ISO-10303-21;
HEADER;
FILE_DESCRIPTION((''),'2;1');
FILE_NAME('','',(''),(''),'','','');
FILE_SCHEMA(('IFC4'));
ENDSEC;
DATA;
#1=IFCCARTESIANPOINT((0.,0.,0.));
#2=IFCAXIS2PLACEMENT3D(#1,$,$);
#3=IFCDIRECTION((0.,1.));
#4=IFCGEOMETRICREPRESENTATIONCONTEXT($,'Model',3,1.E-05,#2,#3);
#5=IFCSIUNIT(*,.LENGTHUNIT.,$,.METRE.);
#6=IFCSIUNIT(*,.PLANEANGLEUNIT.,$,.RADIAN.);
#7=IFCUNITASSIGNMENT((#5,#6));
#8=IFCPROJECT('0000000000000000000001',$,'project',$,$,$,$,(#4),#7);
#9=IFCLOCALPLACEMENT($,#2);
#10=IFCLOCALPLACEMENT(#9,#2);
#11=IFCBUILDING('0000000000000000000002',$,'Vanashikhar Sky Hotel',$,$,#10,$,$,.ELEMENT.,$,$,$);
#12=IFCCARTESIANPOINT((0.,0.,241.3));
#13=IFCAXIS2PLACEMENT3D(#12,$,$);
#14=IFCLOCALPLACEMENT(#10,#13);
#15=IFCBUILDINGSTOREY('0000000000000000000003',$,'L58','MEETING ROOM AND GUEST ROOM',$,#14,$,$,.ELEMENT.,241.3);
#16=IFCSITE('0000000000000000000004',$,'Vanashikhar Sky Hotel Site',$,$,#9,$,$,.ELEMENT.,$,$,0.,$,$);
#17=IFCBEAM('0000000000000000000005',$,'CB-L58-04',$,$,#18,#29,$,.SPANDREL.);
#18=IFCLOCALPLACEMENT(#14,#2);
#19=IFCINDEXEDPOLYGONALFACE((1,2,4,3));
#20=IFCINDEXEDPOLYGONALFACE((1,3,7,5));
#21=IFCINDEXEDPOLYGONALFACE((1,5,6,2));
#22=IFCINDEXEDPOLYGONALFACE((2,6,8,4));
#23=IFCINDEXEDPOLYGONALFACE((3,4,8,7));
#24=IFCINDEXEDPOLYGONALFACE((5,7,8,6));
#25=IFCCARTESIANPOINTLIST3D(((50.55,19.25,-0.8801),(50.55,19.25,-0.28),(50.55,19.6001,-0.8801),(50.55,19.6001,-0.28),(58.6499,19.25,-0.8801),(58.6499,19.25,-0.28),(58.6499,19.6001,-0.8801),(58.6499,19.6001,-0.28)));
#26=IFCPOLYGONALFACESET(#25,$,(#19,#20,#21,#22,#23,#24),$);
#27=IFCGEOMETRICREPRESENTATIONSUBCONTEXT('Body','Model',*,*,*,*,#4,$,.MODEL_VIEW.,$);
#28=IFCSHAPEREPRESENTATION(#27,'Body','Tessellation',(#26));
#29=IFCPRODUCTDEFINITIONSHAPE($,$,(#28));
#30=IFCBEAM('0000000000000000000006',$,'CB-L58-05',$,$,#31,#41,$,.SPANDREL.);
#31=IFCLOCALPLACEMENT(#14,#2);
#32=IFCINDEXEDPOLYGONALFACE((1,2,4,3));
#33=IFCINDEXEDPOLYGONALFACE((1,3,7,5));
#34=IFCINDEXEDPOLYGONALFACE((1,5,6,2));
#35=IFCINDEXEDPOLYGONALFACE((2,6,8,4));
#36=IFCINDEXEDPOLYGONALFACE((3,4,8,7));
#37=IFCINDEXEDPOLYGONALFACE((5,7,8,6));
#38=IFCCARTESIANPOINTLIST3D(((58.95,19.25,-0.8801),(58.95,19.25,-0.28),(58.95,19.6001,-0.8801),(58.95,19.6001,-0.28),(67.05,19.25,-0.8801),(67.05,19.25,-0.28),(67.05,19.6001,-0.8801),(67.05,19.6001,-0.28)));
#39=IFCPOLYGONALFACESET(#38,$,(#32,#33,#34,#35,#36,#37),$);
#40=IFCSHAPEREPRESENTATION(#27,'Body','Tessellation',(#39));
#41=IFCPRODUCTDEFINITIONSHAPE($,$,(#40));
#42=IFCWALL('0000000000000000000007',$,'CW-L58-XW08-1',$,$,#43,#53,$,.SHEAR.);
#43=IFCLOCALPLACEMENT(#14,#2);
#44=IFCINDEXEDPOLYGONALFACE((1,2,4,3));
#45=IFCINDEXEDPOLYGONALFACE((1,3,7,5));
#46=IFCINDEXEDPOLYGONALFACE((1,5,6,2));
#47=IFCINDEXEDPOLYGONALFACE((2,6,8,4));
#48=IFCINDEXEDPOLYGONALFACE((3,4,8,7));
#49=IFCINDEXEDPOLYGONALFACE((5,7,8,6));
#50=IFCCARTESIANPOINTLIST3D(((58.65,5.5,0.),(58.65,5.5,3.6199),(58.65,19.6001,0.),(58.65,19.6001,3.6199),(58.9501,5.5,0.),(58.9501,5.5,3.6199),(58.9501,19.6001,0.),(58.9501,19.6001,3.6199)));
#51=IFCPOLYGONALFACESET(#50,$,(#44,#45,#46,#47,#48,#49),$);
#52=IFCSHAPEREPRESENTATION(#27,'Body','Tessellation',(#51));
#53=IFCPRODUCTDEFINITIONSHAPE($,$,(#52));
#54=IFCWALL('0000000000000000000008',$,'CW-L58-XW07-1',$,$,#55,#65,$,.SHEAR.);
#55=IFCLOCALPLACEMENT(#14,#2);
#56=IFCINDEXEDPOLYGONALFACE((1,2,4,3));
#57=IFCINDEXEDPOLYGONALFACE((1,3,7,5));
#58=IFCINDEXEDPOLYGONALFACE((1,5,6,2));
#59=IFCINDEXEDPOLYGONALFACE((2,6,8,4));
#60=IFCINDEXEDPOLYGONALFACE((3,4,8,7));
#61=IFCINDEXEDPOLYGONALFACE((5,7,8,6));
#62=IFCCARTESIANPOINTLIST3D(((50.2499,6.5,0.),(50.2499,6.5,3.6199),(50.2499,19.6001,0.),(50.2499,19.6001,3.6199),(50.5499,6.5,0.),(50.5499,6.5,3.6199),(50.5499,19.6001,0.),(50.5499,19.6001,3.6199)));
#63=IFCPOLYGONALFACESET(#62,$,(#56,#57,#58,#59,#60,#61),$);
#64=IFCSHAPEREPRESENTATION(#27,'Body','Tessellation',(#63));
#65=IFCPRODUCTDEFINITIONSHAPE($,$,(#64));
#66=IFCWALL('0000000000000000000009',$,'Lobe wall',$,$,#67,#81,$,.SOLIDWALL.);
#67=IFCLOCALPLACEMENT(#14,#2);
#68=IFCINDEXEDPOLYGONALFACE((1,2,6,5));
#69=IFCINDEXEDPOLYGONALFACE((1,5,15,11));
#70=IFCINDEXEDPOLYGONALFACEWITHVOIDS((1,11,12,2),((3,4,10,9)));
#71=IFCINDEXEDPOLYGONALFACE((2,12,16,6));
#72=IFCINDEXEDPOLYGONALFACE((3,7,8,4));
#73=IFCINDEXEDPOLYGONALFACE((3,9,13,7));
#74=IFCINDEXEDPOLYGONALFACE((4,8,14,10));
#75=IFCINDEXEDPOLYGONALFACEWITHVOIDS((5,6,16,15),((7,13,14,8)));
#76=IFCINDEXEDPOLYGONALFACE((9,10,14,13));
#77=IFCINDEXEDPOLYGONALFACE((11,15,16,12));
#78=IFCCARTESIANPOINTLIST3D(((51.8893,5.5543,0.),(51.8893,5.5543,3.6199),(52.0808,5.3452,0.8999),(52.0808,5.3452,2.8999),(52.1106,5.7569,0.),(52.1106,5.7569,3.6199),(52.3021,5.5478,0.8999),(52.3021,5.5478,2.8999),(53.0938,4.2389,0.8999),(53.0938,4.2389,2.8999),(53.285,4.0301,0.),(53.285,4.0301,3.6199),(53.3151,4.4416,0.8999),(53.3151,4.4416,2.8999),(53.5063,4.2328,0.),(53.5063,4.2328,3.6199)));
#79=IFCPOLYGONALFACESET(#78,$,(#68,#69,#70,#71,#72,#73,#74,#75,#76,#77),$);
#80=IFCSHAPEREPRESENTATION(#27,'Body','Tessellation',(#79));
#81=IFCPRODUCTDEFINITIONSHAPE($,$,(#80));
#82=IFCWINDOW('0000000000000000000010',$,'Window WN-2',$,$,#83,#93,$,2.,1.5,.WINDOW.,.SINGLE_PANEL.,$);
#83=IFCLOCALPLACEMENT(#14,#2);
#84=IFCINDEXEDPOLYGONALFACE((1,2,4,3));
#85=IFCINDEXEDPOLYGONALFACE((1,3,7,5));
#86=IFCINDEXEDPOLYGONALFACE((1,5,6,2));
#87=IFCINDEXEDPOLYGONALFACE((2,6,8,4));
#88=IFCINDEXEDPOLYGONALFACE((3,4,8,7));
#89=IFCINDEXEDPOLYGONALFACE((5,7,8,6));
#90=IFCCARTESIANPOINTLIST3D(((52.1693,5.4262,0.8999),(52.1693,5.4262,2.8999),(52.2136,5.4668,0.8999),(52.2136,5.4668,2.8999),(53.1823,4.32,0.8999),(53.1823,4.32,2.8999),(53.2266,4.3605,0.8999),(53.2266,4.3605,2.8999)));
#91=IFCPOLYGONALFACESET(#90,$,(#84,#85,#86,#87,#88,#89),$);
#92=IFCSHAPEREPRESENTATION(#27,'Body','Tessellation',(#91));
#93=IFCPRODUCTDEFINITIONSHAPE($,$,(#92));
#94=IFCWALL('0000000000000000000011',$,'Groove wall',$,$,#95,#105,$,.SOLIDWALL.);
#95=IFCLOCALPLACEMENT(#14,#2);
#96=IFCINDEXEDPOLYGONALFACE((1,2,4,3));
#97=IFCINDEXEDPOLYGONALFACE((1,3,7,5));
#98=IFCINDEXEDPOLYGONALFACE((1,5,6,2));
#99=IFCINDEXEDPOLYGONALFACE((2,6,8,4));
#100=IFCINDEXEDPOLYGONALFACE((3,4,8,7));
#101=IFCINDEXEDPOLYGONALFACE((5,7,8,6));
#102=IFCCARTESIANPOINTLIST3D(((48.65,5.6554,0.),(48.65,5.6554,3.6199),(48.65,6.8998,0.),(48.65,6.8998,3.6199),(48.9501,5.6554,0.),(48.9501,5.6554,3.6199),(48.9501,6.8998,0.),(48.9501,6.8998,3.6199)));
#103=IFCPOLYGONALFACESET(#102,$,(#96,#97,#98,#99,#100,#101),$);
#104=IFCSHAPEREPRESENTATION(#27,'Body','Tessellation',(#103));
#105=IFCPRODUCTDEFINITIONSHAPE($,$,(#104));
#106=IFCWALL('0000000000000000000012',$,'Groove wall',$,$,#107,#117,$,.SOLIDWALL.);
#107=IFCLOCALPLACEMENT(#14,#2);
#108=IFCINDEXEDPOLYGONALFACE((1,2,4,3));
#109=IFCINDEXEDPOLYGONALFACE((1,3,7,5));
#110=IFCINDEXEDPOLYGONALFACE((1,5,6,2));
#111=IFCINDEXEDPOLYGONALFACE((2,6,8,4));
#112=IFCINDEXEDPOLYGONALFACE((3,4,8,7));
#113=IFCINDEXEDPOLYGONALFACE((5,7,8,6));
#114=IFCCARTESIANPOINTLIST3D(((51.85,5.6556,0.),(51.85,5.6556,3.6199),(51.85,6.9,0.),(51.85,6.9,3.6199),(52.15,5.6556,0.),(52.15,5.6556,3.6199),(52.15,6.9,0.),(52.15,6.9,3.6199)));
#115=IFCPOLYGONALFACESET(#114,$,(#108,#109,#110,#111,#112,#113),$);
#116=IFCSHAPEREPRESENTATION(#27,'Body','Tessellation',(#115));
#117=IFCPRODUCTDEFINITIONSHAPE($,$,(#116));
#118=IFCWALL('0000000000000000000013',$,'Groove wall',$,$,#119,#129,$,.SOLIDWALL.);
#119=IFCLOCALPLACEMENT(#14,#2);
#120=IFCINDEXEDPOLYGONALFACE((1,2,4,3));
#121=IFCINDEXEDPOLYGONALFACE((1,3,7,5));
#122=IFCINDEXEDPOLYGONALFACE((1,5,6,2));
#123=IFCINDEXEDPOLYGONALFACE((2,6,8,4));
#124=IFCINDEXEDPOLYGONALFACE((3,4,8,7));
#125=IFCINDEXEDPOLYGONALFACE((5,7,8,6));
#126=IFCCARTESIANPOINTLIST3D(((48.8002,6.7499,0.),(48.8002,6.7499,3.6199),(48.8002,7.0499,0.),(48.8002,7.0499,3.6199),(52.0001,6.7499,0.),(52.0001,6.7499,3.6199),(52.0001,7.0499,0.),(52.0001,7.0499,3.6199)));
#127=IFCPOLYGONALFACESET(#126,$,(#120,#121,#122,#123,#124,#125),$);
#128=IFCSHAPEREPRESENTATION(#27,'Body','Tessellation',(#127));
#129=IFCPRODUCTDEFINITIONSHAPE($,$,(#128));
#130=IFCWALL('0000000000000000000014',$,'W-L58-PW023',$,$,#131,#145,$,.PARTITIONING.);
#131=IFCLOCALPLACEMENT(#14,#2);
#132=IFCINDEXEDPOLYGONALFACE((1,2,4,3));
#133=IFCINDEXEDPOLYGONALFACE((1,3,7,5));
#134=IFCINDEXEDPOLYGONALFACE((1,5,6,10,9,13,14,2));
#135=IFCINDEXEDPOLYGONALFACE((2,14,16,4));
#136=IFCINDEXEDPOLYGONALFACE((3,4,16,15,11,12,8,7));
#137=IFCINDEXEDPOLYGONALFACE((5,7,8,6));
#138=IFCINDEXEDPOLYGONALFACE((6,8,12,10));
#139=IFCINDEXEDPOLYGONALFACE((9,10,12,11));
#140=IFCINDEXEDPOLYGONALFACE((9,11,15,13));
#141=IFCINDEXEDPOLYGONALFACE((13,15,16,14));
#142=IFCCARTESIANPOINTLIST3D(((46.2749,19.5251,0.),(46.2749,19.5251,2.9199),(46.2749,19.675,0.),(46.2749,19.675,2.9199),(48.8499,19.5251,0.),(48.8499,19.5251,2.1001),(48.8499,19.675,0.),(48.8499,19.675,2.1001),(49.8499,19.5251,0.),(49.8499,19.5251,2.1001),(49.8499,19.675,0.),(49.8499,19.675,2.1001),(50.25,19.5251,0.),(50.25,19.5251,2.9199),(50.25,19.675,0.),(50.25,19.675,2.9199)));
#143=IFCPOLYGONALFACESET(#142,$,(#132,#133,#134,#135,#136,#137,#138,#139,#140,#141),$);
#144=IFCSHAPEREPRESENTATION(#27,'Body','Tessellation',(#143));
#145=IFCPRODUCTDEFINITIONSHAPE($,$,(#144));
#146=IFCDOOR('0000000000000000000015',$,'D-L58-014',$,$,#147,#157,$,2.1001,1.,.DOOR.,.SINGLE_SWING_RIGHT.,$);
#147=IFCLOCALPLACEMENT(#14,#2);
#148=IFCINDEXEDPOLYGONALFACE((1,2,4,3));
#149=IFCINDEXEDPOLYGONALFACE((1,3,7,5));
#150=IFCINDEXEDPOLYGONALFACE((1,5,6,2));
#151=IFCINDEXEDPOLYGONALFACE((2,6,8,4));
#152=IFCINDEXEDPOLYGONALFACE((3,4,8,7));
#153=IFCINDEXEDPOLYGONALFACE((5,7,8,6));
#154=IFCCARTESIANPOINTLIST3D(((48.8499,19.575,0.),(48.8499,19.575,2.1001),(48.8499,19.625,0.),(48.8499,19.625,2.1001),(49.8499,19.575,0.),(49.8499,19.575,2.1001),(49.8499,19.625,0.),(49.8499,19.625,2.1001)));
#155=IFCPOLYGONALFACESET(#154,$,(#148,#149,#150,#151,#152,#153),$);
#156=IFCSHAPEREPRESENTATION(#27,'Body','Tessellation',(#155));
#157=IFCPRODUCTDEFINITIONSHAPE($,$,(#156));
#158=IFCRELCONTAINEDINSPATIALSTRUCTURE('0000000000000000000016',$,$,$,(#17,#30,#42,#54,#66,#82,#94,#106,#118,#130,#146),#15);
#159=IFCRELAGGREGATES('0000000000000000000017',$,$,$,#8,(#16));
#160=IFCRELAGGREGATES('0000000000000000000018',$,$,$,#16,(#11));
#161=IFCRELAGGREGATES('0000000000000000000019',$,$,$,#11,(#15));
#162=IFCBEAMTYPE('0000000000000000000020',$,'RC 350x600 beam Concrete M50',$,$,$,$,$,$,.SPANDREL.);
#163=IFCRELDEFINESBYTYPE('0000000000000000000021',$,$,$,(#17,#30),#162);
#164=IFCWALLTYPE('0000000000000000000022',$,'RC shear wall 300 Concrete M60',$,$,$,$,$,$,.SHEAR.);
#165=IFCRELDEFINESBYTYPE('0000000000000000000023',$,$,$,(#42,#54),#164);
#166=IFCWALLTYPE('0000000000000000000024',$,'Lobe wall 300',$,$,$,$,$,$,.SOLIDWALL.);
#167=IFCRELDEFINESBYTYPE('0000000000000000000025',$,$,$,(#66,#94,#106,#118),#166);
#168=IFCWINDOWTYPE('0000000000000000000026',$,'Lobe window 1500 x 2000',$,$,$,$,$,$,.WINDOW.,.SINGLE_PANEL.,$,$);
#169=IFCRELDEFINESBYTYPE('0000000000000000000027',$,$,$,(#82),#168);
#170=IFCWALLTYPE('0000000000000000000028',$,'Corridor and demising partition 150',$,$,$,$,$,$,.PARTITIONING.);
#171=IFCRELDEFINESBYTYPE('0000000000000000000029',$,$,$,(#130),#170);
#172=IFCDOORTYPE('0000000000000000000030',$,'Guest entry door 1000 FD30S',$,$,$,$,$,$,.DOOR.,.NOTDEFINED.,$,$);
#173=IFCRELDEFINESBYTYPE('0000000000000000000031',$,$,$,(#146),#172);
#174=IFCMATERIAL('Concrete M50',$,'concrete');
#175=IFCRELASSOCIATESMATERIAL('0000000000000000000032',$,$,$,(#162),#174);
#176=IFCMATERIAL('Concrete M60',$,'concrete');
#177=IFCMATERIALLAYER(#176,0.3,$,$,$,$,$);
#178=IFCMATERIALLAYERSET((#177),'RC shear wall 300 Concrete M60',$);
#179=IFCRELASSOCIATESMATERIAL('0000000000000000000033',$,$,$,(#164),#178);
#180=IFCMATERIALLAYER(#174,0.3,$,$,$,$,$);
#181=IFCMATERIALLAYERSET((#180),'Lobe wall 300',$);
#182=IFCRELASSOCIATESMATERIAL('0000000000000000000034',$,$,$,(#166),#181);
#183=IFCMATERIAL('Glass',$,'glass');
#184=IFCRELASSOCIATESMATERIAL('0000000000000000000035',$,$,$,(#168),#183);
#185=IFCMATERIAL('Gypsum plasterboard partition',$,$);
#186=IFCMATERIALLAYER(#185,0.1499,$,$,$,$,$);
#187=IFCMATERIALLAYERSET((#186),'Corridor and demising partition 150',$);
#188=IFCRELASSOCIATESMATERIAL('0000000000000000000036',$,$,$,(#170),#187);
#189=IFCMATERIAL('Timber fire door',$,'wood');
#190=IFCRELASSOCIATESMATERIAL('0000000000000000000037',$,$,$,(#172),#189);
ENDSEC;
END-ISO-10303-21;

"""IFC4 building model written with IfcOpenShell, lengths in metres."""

from ifc_helpers import new_model, si_unit, direction, frame, frame_2d, origin, origin_2d, place, context, subcontext, project, spatial, rectangle, extrude, source, transform, mapped, material, layer, layer_set, material_profile, profile_set, type_object, element, fill, save


model = new_model("IFC4")

# Units and contexts
model_context = context("Model", 3, precision=1e-05, world=origin(), true_north=direction((0.0, 1.0)))
body_context = subcontext(model_context, "Body", "Model", "MODEL_VIEW")
ifc_project = project(units=[si_unit("LENGTHUNIT", "METRE"), si_unit("PLANEANGLEUNIT", "RADIAN")], contexts=[model_context])

# Site, building, storey
site_placement = place(None, origin())
site = spatial("IfcSite", under=ifc_project, at=site_placement, Name="Vanashikhar Sky Hotel Site", CompositionType="ELEMENT", RefElevation=0.0)
building_placement = place(site_placement, origin())
building = spatial("IfcBuilding", under=site, at=building_placement, Name="Vanashikhar Sky Hotel", CompositionType="ELEMENT")
storey_placement = place(building_placement, frame((0.0, 0.0, 241.3)))
storey = spatial("IfcBuildingStorey", under=building, at=storey_placement, Name="L58", Description="MEETING ROOM AND GUEST ROOM", CompositionType="ELEMENT", Elevation=241.3)

# Beams
ifc_material_1 = material(Name="Concrete M50", Category="concrete")
ifc_material_profile_1 = material_profile(ifc_material_1, rectangle(XDim=0.3501, YDim=0.6001, at=origin_2d()))
ifc_profile_set_1 = profile_set([ifc_material_profile_1], Name="RC 350x600 beam Concrete M50")
beam_type = type_object("IfcBeamType", Name="RC 350x600 beam Concrete M50", PredefinedType="SPANDREL", material=ifc_profile_set_1)
shared_shape_1 = source(origin(), body_context, "Body", "SweptSolid", [
    extrude(rectangle(XDim=0.3501, YDim=0.6001, at=origin_2d()), origin(), (0.0, 0.0, 1.0), 8.0999),
])
beam_1_placement = place(storey_placement, frame((50.55, 19.425, -0.5801), z_axis=(1.0, 0.0, 0.0), x_axis=(0.0, 1.0, 0.0)))
element("IfcBeam", 1, at=beam_1_placement, inside=storey, type_object=beam_type, Name="CB-L58-04", PredefinedType="SPANDREL", context=body_context, shape_type="MappedRepresentation", body=[
    mapped(shared_shape_1, transform((0.0, 0.0, 0.0), scale=1.0)),
])
shared_shape_2 = source(origin(), body_context, "Body", "SweptSolid", [
    extrude(rectangle(XDim=0.3501, YDim=0.6001, at=origin_2d()), origin(), (0.0, 0.0, 1.0), 8.1001),
])
beam_2_placement = place(storey_placement, frame((58.95, 19.425, -0.5801), z_axis=(1.0, 0.0, 0.0), x_axis=(0.0, 1.0, 0.0)))
element("IfcBeam", 2, at=beam_2_placement, inside=storey, type_object=beam_type, Name="CB-L58-05", PredefinedType="SPANDREL", context=body_context, shape_type="MappedRepresentation", body=[
    mapped(shared_shape_2, transform((0.0, 0.0, 0.0), scale=1.0)),
])

# Walls
ifc_material_2 = material(Name="Concrete M60", Category="concrete")
ifc_layer_1 = layer(ifc_material_2, 0.3)
ifc_layer_set_1 = layer_set([ifc_layer_1], Name="RC shear wall 300 Concrete M60")
wall_type_1 = type_object("IfcWallType", Name="RC shear wall 300 Concrete M60", PredefinedType="SHEAR", material=ifc_layer_set_1)
shared_shape_3 = source(origin(), body_context, "Body", "SweptSolid", [
    extrude(rectangle(XDim=14.1001, YDim=0.3, at=frame_2d((7.05, 0.0))), origin(), (0.0, 0.0, 1.0), 3.6199),
])
wall_1_placement = place(storey_placement, frame((58.8, 5.5, 0.0), z_axis=(0.0, 0.0, 1.0), x_axis=(0.0, 1.0, 0.0)))
element("IfcWall", 3, at=wall_1_placement, inside=storey, type_object=wall_type_1, Name="CW-L58-XW08-1", PredefinedType="SHEAR", context=body_context, shape_type="MappedRepresentation", body=[
    mapped(shared_shape_3, transform((0.0, 0.0, 0.0), scale=1.0)),
])
shared_shape_4 = source(origin(), body_context, "Body", "SweptSolid", [
    extrude(rectangle(XDim=13.1001, YDim=0.3, at=frame_2d((6.55, 0.0))), origin(), (0.0, 0.0, 1.0), 3.6199),
])
wall_2_placement = place(storey_placement, frame((50.3999, 6.5, 0.0), z_axis=(0.0, 0.0, 1.0), x_axis=(0.0, 1.0, 0.0)))
element("IfcWall", 4, at=wall_2_placement, inside=storey, type_object=wall_type_1, Name="CW-L58-XW07-1", PredefinedType="SHEAR", context=body_context, shape_type="MappedRepresentation", body=[
    mapped(shared_shape_4, transform((0.0, 0.0, 0.0), scale=1.0)),
])

# Wall, opening, window
ifc_layer_2 = layer(ifc_material_1, 0.3)
ifc_layer_set_2 = layer_set([ifc_layer_2], Name="Lobe wall 300")
wall_type_2 = type_object("IfcWallType", Name="Lobe wall 300", PredefinedType="SOLIDWALL", material=ifc_layer_set_2)
shared_shape_5 = source(origin(), body_context, "Body", "SweptSolid", [
    extrude(rectangle(XDim=2.0667, YDim=0.3, at=frame_2d((1.0332, 0.0))), origin(), (0.0, 0.0, 1.0), 3.6199),
])
wall_3_placement = place(storey_placement, frame((52.0, 5.6555, 0.0), z_axis=(0.0, 0.0, 1.0), x_axis=(0.675355, -0.737492, 0.0)))
wall_3 = element("IfcWall", 5, at=wall_3_placement, inside=storey, type_object=wall_type_2, Name="Lobe wall", PredefinedType="SOLIDWALL", context=body_context, shape_type="MappedRepresentation", body=[
    mapped(shared_shape_5, transform((0.0, 0.0, 0.0), scale=1.0)),
])
shared_shape_6 = source(origin(), body_context, "Body", "SweptSolid", [
    extrude(rectangle(XDim=1.5, YDim=2.0, at=frame_2d((0.75, 1.0))), frame((0.0, 0.1602, 0.0), z_axis=(0.0, -1.0, 0.0), x_axis=(1.0, 0.0, 0.0)), (0.0, 0.0, 1.0), 0.3201),
])
opening_1_placement = place(wall_3_placement, frame((0.2834, 0.0, 0.8999)))
opening_1 = element("IfcOpeningElement", 6, at=opening_1_placement, cuts=wall_3, PredefinedType="OPENING", context=body_context, shape_type="MappedRepresentation", body=[
    mapped(shared_shape_6, transform((0.0, 0.0, 0.0), scale=1.0)),
])
ifc_material_3 = material(Name="Glass", Category="glass")
window_type = type_object("IfcWindowType", Name="Lobe window 1500 x 2000", PartitioningType="SINGLE_PANEL", PredefinedType="WINDOW", material=ifc_material_3)
shared_shape_7 = source(origin(), body_context, "Body", "SweptSolid", [
    extrude(rectangle(XDim=1.5, YDim=2.0, at=frame_2d((0.75, 1.0))), frame((0.0, 0.03, 0.0), z_axis=(0.0, -1.0, 0.0), x_axis=(1.0, 0.0, 0.0)), (0.0, 0.0, 1.0), 0.0601),
])
window_placement = place(opening_1_placement, origin())
window = element("IfcWindow", 7, at=window_placement, inside=storey, type_object=window_type, Name="Window WN-2", OverallHeight=2.0, OverallWidth=1.5, PartitioningType="SINGLE_PANEL", PredefinedType="WINDOW", context=body_context, shape_type="MappedRepresentation", body=[
    mapped(shared_shape_7, transform((0.0, 0.0, 0.0), scale=1.0)),
])
fill(opening_1, window)

# Walls
shared_shape_8 = source(origin(), body_context, "Body", "SweptSolid", [
    extrude(rectangle(XDim=1.2444, YDim=0.3, at=frame_2d((0.6221, 0.0))), origin(), (0.0, 0.0, 1.0), 3.6199),
])
for number, where, z_axis, x_axis, name in (
    (8, (48.8, 5.6555, 0.0), (0.0, 0.0, 1.0), (0.0, 1.0, 0.0), "Groove wall"),
    (9, (52.0, 6.8999, 0.0), (0.0, 0.0, 1.0), (0.0, -1.0, 0.0), "Groove wall"),
):
    element("IfcWall", number, at=place(storey_placement, frame(where, z_axis=z_axis, x_axis=x_axis)), inside=storey, type_object=wall_type_2, Name=name, PredefinedType="SOLIDWALL", context=body_context, shape_type="MappedRepresentation", body=[
        mapped(shared_shape_8, transform((0.0, 0.0, 0.0), scale=1.0)),
    ])
shared_shape_9 = source(origin(), body_context, "Body", "SweptSolid", [
    extrude(rectangle(XDim=3.2, YDim=0.3, at=frame_2d((1.6001, 0.0))), origin(), (0.0, 0.0, 1.0), 3.6199),
])
wall_4_placement = place(storey_placement, frame((48.8, 6.8999, 0.0), z_axis=(0.0, 0.0, 1.0), x_axis=(1.0, 0.0, 0.0)))
element("IfcWall", 10, at=wall_4_placement, inside=storey, type_object=wall_type_2, Name="Groove wall", PredefinedType="SOLIDWALL", context=body_context, shape_type="MappedRepresentation", body=[
    mapped(shared_shape_9, transform((0.0, 0.0, 0.0), scale=1.0)),
])

# Wall, opening, door
ifc_material_4 = material(Name="Gypsum plasterboard partition")
ifc_layer_3 = layer(ifc_material_4, 0.1499)
ifc_layer_set_3 = layer_set([ifc_layer_3], Name="Corridor and demising partition 150")
wall_type_3 = type_object("IfcWallType", Name="Corridor and demising partition 150", PredefinedType="PARTITIONING", material=ifc_layer_set_3)
shared_shape_10 = source(origin(), body_context, "Body", "SweptSolid", [
    extrude(rectangle(XDim=3.9751, YDim=0.1499, at=frame_2d((1.9875, 0.0))), origin(), (0.0, 0.0, 1.0), 2.9199),
])
wall_5_placement = place(storey_placement, frame((46.2749, 19.6001, 0.0), z_axis=(0.0, 0.0, 1.0), x_axis=(1.0, 0.0, 0.0)))
wall_5 = element("IfcWall", 11, at=wall_5_placement, inside=storey, type_object=wall_type_3, Name="W-L58-PW023", PredefinedType="PARTITIONING", context=body_context, shape_type="MappedRepresentation", body=[
    mapped(shared_shape_10, transform((0.0, 0.0, 0.0), scale=1.0)),
])
shared_shape_11 = source(origin(), body_context, "Body", "SweptSolid", [
    extrude(rectangle(XDim=1.0, YDim=2.1001, at=frame_2d((0.5, 1.05))), frame((0.0, 0.085, 0.0), z_axis=(0.0, -1.0, 0.0), x_axis=(1.0, 0.0, 0.0)), (0.0, 0.0, 1.0), 0.1699),
])
opening_2_placement = place(wall_5_placement, frame((2.575, 0.0, 0.0)))
opening_2 = element("IfcOpeningElement", 12, at=opening_2_placement, cuts=wall_5, PredefinedType="OPENING", context=body_context, shape_type="MappedRepresentation", body=[
    mapped(shared_shape_11, transform((0.0, 0.0, 0.0), scale=1.0)),
])
ifc_material_5 = material(Name="Timber fire door", Category="wood")
door_type_1 = type_object("IfcDoorType", Name="Guest entry door 1000 FD30S", OperationType="NOTDEFINED", PredefinedType="DOOR", material=ifc_material_5)
shared_shape_12 = source(origin(), body_context, "Body", "SweptSolid", [
    extrude(rectangle(XDim=1.0, YDim=2.1001, at=frame_2d((0.5, 1.05))), frame((0.0, 0.0249, 0.0), z_axis=(0.0, -1.0, 0.0), x_axis=(1.0, 0.0, 0.0)), (0.0, 0.0, 1.0), 0.05),
])
door_1_placement = place(opening_2_placement, origin())
door_1 = element("IfcDoor", 13, at=door_1_placement, inside=storey, type_object=door_type_1, Name="D-L58-014", OperationType="SINGLE_SWING_RIGHT", OverallHeight=2.1001, OverallWidth=1.0, PredefinedType="DOOR", context=body_context, shape_type="MappedRepresentation", body=[
    mapped(shared_shape_12, transform((0.0, 0.0, 0.0), scale=1.0)),
])
fill(opening_2, door_1)

save(model, "model.ifc")
